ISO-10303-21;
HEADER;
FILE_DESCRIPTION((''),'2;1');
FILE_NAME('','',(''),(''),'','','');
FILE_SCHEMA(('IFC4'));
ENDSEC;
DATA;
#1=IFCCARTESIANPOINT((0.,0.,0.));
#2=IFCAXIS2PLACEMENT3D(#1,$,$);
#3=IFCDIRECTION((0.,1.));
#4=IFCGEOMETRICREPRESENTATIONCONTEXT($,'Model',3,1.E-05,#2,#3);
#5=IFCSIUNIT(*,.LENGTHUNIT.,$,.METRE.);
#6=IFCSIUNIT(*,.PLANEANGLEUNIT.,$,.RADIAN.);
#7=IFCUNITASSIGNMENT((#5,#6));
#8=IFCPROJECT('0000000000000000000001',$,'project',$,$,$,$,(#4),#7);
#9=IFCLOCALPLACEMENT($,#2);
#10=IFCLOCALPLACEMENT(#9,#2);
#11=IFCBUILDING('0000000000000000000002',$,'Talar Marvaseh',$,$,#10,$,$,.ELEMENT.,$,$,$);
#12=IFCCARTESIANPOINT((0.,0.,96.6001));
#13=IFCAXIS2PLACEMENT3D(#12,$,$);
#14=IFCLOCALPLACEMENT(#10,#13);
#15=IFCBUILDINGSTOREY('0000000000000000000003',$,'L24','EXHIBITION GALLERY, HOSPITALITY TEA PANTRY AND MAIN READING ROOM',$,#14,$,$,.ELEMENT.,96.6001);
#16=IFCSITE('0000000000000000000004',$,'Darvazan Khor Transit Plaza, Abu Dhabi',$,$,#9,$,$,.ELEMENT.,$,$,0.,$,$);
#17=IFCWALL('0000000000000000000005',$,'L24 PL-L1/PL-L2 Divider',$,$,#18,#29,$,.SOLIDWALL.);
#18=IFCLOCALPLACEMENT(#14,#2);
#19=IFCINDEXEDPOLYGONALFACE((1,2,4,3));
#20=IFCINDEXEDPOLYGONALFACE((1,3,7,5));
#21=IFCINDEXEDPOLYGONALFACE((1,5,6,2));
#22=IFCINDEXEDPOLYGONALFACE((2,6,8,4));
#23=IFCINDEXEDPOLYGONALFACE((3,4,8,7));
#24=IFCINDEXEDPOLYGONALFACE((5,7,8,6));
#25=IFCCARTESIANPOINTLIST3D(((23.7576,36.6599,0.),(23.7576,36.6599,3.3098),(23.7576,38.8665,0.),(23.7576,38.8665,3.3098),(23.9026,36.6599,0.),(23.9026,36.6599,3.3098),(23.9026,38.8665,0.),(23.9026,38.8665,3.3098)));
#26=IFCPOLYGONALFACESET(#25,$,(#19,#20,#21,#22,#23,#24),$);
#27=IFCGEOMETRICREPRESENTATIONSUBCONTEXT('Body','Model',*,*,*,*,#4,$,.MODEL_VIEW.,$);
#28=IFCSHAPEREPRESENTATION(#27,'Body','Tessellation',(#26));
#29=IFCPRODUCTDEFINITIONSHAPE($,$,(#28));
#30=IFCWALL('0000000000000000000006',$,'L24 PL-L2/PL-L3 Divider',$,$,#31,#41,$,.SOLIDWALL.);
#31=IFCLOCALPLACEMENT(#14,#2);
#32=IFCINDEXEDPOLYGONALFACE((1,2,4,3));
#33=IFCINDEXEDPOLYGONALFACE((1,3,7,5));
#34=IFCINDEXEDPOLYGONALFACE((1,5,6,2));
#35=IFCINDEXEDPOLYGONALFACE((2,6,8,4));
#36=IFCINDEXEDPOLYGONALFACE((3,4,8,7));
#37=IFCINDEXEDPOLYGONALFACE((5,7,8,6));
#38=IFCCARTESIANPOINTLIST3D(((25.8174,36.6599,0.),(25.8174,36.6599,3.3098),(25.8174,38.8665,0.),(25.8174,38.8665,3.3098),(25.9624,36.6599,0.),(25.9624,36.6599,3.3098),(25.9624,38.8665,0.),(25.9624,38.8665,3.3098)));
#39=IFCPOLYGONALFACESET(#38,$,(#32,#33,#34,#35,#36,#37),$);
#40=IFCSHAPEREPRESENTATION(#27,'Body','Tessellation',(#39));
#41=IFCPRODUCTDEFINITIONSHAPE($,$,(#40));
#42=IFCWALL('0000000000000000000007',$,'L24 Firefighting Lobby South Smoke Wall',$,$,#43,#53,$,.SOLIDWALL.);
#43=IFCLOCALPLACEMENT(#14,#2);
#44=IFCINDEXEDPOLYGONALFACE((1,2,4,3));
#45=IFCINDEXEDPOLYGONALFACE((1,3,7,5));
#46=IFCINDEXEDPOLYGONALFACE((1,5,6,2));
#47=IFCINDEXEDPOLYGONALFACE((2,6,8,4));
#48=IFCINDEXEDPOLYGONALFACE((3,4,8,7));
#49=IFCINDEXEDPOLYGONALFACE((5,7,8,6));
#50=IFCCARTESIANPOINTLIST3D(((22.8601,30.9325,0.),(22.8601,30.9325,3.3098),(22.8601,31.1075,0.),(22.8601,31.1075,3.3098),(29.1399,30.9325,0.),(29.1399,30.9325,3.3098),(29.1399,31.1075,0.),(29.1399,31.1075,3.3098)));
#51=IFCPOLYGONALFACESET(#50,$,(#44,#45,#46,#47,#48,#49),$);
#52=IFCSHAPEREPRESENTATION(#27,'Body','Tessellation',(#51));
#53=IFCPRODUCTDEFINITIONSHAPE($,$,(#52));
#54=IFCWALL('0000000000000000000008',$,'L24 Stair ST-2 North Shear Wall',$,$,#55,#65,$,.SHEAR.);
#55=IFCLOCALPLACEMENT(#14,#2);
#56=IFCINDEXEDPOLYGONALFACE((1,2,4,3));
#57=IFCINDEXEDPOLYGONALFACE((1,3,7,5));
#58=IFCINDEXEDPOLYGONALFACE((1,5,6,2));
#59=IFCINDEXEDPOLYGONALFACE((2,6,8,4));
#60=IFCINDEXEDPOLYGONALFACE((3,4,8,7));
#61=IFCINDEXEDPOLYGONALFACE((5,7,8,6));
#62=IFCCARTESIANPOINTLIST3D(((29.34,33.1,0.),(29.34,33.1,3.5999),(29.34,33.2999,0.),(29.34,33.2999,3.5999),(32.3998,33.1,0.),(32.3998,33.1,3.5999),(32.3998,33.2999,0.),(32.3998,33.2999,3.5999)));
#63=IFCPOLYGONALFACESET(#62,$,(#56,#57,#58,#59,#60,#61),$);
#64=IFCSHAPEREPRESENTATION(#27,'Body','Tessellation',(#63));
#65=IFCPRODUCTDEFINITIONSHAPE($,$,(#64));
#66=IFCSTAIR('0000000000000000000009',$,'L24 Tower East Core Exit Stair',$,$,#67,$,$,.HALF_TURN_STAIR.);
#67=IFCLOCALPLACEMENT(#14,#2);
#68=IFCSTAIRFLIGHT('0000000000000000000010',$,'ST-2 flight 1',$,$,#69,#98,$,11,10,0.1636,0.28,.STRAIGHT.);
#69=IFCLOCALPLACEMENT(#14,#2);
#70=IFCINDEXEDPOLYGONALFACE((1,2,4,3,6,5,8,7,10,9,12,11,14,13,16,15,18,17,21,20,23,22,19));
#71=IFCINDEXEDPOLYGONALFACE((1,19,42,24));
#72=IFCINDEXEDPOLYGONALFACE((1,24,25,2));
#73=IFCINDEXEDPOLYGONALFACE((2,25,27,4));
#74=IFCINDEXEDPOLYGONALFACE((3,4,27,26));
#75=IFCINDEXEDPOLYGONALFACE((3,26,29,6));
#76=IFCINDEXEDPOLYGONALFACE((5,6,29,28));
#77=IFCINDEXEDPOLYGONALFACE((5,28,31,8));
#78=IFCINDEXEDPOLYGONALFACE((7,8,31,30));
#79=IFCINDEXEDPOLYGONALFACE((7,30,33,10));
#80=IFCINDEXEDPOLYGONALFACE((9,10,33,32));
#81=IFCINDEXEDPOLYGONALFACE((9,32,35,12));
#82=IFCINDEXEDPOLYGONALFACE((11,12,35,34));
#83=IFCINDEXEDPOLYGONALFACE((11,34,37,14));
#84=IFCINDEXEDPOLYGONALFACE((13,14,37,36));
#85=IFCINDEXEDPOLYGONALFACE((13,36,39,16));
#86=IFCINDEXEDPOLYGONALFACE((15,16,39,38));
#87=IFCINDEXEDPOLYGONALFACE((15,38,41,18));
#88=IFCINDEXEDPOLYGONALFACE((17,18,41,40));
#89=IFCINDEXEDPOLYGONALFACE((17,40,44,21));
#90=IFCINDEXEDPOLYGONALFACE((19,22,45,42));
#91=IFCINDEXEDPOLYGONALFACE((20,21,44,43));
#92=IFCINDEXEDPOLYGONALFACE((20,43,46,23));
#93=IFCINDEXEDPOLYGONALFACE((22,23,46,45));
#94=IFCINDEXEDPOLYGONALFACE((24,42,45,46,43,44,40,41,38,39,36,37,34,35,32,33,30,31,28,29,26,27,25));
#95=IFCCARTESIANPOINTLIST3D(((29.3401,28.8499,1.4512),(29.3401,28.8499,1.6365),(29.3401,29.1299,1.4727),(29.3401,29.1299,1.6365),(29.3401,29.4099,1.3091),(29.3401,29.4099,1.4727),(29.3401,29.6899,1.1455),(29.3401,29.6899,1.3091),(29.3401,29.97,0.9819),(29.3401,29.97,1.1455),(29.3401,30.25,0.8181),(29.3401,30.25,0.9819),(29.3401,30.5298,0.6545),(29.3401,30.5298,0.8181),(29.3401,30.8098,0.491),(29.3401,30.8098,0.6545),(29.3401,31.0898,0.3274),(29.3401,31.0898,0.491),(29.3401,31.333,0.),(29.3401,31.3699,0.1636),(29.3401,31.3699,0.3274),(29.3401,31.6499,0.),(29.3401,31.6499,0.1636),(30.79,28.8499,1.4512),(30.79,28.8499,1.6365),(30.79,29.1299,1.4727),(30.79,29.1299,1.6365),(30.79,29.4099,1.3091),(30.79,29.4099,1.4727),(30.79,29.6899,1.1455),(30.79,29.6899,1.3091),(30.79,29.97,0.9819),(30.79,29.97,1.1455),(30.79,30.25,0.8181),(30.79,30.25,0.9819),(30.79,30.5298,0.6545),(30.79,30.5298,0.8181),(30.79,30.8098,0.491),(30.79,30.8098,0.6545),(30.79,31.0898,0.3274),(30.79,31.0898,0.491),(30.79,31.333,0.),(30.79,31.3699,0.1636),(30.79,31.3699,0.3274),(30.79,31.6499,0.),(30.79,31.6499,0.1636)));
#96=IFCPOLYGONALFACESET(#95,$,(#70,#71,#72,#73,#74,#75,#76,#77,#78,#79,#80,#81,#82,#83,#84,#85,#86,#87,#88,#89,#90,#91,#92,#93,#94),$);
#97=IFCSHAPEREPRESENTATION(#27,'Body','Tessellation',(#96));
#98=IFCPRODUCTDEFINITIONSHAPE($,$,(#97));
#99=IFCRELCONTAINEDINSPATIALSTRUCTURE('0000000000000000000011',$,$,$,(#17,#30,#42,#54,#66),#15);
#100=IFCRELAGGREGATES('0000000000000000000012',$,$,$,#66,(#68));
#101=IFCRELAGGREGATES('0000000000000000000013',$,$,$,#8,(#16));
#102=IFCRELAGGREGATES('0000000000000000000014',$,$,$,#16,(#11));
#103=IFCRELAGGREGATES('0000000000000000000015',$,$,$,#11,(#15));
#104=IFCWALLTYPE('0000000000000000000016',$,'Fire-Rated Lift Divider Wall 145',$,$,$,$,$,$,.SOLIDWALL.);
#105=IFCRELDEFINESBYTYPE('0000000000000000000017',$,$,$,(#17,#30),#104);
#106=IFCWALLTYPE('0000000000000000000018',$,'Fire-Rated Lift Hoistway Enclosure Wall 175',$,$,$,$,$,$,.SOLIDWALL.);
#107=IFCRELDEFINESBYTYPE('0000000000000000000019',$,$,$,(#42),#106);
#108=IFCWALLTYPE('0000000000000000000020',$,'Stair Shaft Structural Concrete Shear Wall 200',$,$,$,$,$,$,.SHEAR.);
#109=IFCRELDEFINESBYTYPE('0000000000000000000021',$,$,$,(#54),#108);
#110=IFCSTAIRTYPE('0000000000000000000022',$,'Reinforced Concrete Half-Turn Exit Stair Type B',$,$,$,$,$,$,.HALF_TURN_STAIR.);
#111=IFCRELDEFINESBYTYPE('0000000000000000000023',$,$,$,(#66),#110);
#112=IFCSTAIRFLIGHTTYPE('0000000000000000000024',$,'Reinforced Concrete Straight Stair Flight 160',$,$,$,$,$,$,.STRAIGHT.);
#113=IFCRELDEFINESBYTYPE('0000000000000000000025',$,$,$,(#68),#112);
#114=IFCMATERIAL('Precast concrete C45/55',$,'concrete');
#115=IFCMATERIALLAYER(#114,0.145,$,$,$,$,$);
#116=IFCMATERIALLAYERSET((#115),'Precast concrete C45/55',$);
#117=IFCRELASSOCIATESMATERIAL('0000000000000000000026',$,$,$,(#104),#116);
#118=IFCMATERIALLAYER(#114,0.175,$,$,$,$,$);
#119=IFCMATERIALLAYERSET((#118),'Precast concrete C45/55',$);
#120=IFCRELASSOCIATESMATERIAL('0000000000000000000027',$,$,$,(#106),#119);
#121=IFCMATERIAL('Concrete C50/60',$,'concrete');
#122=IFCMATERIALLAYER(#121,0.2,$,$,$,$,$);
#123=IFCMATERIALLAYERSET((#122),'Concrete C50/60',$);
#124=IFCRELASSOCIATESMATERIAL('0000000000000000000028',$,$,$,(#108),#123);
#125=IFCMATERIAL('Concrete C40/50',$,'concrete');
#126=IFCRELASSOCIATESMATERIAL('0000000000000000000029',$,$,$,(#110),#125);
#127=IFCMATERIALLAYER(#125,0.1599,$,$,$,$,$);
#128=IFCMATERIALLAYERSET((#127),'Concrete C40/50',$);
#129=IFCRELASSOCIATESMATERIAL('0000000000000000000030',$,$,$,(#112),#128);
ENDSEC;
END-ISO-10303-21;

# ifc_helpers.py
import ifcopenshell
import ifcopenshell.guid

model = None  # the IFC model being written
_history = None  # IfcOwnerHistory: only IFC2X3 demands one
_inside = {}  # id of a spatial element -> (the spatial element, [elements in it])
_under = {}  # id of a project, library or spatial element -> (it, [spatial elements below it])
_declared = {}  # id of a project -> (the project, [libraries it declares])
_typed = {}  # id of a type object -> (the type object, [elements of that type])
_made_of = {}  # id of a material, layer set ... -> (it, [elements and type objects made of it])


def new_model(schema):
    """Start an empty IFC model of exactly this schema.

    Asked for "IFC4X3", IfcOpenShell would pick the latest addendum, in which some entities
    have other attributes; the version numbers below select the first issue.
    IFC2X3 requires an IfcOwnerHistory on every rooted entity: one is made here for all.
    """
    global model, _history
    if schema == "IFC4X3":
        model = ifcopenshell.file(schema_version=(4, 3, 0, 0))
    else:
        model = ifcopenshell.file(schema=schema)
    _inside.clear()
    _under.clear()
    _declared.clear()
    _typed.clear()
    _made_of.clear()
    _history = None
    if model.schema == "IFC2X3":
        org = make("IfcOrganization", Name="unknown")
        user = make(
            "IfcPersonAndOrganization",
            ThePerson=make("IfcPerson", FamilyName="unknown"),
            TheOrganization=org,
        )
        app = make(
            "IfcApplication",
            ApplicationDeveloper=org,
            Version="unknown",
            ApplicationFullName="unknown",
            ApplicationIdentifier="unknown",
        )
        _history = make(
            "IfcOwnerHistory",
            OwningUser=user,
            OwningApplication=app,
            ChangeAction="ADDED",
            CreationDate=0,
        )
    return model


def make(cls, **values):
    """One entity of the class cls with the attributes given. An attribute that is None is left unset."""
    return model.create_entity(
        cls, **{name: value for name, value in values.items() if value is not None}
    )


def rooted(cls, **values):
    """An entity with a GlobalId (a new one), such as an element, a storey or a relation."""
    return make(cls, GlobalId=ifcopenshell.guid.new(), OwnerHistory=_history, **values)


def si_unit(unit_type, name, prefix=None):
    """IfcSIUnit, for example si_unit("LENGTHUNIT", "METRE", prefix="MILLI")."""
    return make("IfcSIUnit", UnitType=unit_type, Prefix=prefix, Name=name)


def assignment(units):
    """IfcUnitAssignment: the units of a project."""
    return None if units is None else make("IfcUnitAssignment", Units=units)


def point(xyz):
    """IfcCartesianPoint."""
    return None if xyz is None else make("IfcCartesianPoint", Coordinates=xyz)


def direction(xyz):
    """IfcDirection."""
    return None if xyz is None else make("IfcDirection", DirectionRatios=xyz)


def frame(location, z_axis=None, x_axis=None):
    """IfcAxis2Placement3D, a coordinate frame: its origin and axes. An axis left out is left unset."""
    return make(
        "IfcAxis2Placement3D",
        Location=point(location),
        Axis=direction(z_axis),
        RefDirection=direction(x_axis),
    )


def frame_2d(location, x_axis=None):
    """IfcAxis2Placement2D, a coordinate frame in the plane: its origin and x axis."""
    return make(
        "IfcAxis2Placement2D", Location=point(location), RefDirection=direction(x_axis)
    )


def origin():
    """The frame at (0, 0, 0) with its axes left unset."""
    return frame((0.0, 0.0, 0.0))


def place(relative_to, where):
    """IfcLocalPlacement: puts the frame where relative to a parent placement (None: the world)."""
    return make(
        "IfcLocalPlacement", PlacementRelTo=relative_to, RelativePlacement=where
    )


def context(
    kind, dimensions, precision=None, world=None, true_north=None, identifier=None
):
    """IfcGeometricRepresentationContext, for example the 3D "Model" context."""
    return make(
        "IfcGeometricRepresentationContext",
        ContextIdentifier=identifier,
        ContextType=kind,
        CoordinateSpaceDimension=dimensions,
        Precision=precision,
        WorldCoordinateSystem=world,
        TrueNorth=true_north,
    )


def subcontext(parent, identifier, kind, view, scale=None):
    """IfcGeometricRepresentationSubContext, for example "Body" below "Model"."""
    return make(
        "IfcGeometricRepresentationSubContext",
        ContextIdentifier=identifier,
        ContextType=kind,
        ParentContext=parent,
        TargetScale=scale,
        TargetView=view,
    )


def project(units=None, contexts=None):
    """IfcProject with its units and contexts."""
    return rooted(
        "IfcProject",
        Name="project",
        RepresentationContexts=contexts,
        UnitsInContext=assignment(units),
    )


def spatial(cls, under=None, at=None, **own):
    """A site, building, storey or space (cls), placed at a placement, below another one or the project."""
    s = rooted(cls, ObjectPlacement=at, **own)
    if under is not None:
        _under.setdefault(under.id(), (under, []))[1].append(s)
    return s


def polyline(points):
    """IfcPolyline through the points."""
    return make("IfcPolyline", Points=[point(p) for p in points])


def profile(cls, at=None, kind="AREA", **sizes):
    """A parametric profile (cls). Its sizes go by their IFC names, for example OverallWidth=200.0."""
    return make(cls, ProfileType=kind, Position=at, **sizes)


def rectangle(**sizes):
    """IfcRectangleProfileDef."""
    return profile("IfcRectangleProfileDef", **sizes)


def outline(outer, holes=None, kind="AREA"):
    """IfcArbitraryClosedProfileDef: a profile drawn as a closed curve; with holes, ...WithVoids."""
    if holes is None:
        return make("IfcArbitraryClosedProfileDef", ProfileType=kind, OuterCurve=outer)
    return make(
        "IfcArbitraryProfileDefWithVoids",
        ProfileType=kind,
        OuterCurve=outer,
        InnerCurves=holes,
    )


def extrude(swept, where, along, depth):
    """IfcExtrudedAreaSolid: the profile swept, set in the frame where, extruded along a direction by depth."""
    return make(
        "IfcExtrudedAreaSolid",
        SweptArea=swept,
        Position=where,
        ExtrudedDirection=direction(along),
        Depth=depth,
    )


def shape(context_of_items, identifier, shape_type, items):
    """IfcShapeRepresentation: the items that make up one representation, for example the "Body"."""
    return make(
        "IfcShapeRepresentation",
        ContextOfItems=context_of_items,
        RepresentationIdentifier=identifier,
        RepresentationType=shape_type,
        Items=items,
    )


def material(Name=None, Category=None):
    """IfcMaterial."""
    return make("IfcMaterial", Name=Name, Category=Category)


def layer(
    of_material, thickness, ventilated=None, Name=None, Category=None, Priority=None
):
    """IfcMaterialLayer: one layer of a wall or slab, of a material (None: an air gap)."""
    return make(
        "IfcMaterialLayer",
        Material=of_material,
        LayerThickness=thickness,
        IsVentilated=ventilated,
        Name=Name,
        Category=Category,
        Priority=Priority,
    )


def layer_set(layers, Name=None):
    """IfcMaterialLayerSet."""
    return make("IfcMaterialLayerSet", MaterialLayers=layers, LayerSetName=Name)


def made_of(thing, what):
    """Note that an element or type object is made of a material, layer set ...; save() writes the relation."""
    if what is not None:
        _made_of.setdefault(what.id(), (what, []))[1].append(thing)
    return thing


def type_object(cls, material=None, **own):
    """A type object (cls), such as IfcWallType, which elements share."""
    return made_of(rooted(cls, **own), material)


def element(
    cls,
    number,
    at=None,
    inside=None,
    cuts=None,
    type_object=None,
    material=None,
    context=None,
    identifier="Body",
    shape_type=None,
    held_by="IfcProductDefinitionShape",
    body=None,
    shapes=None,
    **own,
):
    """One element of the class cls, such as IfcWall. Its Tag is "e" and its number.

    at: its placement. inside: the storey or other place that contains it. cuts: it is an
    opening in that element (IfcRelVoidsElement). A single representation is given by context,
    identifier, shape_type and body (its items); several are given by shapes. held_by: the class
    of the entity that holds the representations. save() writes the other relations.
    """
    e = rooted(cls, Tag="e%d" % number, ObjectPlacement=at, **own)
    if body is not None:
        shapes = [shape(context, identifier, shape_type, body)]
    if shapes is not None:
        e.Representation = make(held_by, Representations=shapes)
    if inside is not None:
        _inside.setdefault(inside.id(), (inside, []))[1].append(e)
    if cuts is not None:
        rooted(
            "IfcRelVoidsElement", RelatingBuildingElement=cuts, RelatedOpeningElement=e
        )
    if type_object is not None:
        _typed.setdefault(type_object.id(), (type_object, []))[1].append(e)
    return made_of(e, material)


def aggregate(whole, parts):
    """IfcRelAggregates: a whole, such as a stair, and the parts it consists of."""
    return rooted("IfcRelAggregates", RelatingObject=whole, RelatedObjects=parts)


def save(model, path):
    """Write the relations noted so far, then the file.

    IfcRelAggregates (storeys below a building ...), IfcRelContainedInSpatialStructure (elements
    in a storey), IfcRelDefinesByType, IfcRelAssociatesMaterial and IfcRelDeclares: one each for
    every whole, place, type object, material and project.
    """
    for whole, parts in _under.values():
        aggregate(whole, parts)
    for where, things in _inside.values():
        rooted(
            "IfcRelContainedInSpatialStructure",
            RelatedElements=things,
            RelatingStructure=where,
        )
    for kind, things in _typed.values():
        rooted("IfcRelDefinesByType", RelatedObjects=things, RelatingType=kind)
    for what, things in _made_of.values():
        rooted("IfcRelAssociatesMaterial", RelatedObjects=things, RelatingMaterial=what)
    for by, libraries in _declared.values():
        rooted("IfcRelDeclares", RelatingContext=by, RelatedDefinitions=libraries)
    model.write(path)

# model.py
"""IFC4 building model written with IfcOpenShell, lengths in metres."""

from ifc_helpers import new_model, si_unit, direction, frame, frame_2d, origin, place, context, subcontext, project, spatial, polyline, rectangle, outline, extrude, material, layer, layer_set, type_object, element, aggregate, save


model = new_model("IFC4")

# Units and contexts
model_context = context("Model", 3, precision=1e-05, world=origin(), true_north=direction((0.0, 1.0)))
body_context = subcontext(model_context, "Body", "Model", "MODEL_VIEW")
ifc_project = project(units=[si_unit("LENGTHUNIT", "METRE"), si_unit("PLANEANGLEUNIT", "RADIAN")], contexts=[model_context])

# Site, building, storey
site_placement = place(None, origin())
site = spatial("IfcSite", under=ifc_project, at=site_placement, Name="Darvazan Khor Transit Plaza, Abu Dhabi", CompositionType="ELEMENT", RefElevation=0.0)
building_placement = place(site_placement, origin())
building = spatial("IfcBuilding", under=site, at=building_placement, Name="Talar Marvaseh", CompositionType="ELEMENT")
storey_placement = place(building_placement, frame((0.0, 0.0, 96.6001)))
storey = spatial("IfcBuildingStorey", under=building, at=storey_placement, Name="L24", Description="EXHIBITION GALLERY, HOSPITALITY TEA PANTRY AND MAIN READING ROOM", CompositionType="ELEMENT", Elevation=96.6001)

# Shared definitions
ifc_material_1 = material(Name="Concrete C40/50", Category="concrete")

# Walls
ifc_material_2 = material(Name="Precast concrete C45/55", Category="concrete")
ifc_layer_1 = layer(ifc_material_2, 0.145)
ifc_layer_set_1 = layer_set([ifc_layer_1], Name="Precast concrete C45/55")
wall_type_1 = type_object("IfcWallType", Name="Fire-Rated Lift Divider Wall 145", PredefinedType="SOLIDWALL", material=ifc_layer_set_1)
for number, where, z_axis, x_axis, name in (
    (1, (23.8301, 36.6599, 0.0), (0.0, 0.0, 1.0), (0.0, 1.0, 0.0), "L24 PL-L1/PL-L2 Divider"),
    (2, (25.8899, 36.6599, 0.0), (0.0, 0.0, 1.0), (0.0, 1.0, 0.0), "L24 PL-L2/PL-L3 Divider"),
):
    element("IfcWall", number, at=place(storey_placement, frame(where, z_axis=z_axis, x_axis=x_axis)), inside=storey, type_object=wall_type_1, Name=name, PredefinedType="SOLIDWALL", context=body_context, shape_type="SweptSolid", body=[
        extrude(rectangle(XDim=2.2065, YDim=0.145, at=frame_2d((1.1033, 0.0))), origin(), (0.0, 0.0, 1.0), 3.3098),
    ])

# Shared definitions
ifc_layer_2 = layer(ifc_material_2, 0.175)
ifc_layer_set_2 = layer_set([ifc_layer_2], Name="Precast concrete C45/55")
wall_type_2 = type_object("IfcWallType", Name="Fire-Rated Lift Hoistway Enclosure Wall 175", PredefinedType="SOLIDWALL", material=ifc_layer_set_2)

# Walls
wall_1_placement = place(storey_placement, frame((22.8601, 31.02, 0.0), z_axis=(0.0, 0.0, 1.0), x_axis=(1.0, 0.0, 0.0)))
element("IfcWall", 3, at=wall_1_placement, inside=storey, type_object=wall_type_2, Name="L24 Firefighting Lobby South Smoke Wall", PredefinedType="SOLIDWALL", context=body_context, shape_type="SweptSolid", body=[
    extrude(rectangle(XDim=6.2798, YDim=0.175, at=frame_2d((3.1399, 0.0))), origin(), (0.0, 0.0, 1.0), 3.3098),
])
ifc_material_3 = material(Name="Concrete C50/60", Category="concrete")
ifc_layer_3 = layer(ifc_material_3, 0.2)
ifc_layer_set_3 = layer_set([ifc_layer_3], Name="Concrete C50/60")
wall_type_3 = type_object("IfcWallType", Name="Stair Shaft Structural Concrete Shear Wall 200", PredefinedType="SHEAR", material=ifc_layer_set_3)
wall_2_placement = place(storey_placement, frame((29.3401, 33.2, 0.0), z_axis=(0.0, 0.0, 1.0), x_axis=(1.0, 0.0, 0.0)))
element("IfcWall", 4, at=wall_2_placement, inside=storey, type_object=wall_type_3, Name="L24 Stair ST-2 North Shear Wall", PredefinedType="SHEAR", context=body_context, shape_type="SweptSolid", body=[
    extrude(rectangle(XDim=3.0598, YDim=0.2, at=frame_2d((1.5298, 0.0))), origin(), (0.0, 0.0, 1.0), 3.5999),
])

# Stair, stair flight
stair_type = type_object("IfcStairType", Name="Reinforced Concrete Half-Turn Exit Stair Type B", PredefinedType="HALF_TURN_STAIR", material=ifc_material_1)
stair_placement = place(storey_placement, origin())
stair = element("IfcStair", 5, at=stair_placement, inside=storey, type_object=stair_type, Name="L24 Tower East Core Exit Stair", PredefinedType="HALF_TURN_STAIR")
ifc_layer_4 = layer(ifc_material_1, 0.1599)
ifc_layer_set_4 = layer_set([ifc_layer_4], Name="Concrete C40/50")
stair_flight_type = type_object("IfcStairFlightType", Name="Reinforced Concrete Straight Stair Flight 160", PredefinedType="STRAIGHT", material=ifc_layer_set_4)
stair_flight_placement = place(storey_placement, frame((30.0649, 31.6499, 0.0), z_axis=(0.0, 0.0, 1.0), x_axis=(0.0, -1.0, 0.0)))
stair_flight = element("IfcStairFlight", 6, at=stair_flight_placement, type_object=stair_flight_type, Name="ST-2 flight 1", NumberOfRisers=11, NumberOfTreads=10, PredefinedType="STRAIGHT", RiserHeight=0.1636, TreadLength=0.28, context=body_context, shape_type="SweptSolid", body=[
    extrude(outline(polyline([(0.0, 0.0), (0.0, 0.1636), (0.28, 0.1636), (0.28, 0.3274), (0.5601, 0.3274), (0.5601, 0.491), (0.8401, 0.491), (0.8401, 0.6545), (1.1201, 0.6545), (1.1201, 0.8181), (1.3999, 0.8181), (1.3999, 0.9819), (1.6799, 0.9819), (1.6799, 1.1455), (1.96, 1.1455), (1.96, 1.3091), (2.24, 1.3091), (2.24, 1.4727), (2.52, 1.4727), (2.52, 1.6365), (2.8, 1.6365), (2.8, 1.8), (2.8, 1.4512), (0.3169, 0.0), (0.0, 0.0)])), frame((0.0, 0.7251, 0.0), z_axis=(0.0, -1.0, 0.0), x_axis=(1.0, 0.0, 0.0)), (0.0, 0.0, 1.0), 1.45),
])
aggregate(stair, [stair_flight])

save(model, "model.ifc")
